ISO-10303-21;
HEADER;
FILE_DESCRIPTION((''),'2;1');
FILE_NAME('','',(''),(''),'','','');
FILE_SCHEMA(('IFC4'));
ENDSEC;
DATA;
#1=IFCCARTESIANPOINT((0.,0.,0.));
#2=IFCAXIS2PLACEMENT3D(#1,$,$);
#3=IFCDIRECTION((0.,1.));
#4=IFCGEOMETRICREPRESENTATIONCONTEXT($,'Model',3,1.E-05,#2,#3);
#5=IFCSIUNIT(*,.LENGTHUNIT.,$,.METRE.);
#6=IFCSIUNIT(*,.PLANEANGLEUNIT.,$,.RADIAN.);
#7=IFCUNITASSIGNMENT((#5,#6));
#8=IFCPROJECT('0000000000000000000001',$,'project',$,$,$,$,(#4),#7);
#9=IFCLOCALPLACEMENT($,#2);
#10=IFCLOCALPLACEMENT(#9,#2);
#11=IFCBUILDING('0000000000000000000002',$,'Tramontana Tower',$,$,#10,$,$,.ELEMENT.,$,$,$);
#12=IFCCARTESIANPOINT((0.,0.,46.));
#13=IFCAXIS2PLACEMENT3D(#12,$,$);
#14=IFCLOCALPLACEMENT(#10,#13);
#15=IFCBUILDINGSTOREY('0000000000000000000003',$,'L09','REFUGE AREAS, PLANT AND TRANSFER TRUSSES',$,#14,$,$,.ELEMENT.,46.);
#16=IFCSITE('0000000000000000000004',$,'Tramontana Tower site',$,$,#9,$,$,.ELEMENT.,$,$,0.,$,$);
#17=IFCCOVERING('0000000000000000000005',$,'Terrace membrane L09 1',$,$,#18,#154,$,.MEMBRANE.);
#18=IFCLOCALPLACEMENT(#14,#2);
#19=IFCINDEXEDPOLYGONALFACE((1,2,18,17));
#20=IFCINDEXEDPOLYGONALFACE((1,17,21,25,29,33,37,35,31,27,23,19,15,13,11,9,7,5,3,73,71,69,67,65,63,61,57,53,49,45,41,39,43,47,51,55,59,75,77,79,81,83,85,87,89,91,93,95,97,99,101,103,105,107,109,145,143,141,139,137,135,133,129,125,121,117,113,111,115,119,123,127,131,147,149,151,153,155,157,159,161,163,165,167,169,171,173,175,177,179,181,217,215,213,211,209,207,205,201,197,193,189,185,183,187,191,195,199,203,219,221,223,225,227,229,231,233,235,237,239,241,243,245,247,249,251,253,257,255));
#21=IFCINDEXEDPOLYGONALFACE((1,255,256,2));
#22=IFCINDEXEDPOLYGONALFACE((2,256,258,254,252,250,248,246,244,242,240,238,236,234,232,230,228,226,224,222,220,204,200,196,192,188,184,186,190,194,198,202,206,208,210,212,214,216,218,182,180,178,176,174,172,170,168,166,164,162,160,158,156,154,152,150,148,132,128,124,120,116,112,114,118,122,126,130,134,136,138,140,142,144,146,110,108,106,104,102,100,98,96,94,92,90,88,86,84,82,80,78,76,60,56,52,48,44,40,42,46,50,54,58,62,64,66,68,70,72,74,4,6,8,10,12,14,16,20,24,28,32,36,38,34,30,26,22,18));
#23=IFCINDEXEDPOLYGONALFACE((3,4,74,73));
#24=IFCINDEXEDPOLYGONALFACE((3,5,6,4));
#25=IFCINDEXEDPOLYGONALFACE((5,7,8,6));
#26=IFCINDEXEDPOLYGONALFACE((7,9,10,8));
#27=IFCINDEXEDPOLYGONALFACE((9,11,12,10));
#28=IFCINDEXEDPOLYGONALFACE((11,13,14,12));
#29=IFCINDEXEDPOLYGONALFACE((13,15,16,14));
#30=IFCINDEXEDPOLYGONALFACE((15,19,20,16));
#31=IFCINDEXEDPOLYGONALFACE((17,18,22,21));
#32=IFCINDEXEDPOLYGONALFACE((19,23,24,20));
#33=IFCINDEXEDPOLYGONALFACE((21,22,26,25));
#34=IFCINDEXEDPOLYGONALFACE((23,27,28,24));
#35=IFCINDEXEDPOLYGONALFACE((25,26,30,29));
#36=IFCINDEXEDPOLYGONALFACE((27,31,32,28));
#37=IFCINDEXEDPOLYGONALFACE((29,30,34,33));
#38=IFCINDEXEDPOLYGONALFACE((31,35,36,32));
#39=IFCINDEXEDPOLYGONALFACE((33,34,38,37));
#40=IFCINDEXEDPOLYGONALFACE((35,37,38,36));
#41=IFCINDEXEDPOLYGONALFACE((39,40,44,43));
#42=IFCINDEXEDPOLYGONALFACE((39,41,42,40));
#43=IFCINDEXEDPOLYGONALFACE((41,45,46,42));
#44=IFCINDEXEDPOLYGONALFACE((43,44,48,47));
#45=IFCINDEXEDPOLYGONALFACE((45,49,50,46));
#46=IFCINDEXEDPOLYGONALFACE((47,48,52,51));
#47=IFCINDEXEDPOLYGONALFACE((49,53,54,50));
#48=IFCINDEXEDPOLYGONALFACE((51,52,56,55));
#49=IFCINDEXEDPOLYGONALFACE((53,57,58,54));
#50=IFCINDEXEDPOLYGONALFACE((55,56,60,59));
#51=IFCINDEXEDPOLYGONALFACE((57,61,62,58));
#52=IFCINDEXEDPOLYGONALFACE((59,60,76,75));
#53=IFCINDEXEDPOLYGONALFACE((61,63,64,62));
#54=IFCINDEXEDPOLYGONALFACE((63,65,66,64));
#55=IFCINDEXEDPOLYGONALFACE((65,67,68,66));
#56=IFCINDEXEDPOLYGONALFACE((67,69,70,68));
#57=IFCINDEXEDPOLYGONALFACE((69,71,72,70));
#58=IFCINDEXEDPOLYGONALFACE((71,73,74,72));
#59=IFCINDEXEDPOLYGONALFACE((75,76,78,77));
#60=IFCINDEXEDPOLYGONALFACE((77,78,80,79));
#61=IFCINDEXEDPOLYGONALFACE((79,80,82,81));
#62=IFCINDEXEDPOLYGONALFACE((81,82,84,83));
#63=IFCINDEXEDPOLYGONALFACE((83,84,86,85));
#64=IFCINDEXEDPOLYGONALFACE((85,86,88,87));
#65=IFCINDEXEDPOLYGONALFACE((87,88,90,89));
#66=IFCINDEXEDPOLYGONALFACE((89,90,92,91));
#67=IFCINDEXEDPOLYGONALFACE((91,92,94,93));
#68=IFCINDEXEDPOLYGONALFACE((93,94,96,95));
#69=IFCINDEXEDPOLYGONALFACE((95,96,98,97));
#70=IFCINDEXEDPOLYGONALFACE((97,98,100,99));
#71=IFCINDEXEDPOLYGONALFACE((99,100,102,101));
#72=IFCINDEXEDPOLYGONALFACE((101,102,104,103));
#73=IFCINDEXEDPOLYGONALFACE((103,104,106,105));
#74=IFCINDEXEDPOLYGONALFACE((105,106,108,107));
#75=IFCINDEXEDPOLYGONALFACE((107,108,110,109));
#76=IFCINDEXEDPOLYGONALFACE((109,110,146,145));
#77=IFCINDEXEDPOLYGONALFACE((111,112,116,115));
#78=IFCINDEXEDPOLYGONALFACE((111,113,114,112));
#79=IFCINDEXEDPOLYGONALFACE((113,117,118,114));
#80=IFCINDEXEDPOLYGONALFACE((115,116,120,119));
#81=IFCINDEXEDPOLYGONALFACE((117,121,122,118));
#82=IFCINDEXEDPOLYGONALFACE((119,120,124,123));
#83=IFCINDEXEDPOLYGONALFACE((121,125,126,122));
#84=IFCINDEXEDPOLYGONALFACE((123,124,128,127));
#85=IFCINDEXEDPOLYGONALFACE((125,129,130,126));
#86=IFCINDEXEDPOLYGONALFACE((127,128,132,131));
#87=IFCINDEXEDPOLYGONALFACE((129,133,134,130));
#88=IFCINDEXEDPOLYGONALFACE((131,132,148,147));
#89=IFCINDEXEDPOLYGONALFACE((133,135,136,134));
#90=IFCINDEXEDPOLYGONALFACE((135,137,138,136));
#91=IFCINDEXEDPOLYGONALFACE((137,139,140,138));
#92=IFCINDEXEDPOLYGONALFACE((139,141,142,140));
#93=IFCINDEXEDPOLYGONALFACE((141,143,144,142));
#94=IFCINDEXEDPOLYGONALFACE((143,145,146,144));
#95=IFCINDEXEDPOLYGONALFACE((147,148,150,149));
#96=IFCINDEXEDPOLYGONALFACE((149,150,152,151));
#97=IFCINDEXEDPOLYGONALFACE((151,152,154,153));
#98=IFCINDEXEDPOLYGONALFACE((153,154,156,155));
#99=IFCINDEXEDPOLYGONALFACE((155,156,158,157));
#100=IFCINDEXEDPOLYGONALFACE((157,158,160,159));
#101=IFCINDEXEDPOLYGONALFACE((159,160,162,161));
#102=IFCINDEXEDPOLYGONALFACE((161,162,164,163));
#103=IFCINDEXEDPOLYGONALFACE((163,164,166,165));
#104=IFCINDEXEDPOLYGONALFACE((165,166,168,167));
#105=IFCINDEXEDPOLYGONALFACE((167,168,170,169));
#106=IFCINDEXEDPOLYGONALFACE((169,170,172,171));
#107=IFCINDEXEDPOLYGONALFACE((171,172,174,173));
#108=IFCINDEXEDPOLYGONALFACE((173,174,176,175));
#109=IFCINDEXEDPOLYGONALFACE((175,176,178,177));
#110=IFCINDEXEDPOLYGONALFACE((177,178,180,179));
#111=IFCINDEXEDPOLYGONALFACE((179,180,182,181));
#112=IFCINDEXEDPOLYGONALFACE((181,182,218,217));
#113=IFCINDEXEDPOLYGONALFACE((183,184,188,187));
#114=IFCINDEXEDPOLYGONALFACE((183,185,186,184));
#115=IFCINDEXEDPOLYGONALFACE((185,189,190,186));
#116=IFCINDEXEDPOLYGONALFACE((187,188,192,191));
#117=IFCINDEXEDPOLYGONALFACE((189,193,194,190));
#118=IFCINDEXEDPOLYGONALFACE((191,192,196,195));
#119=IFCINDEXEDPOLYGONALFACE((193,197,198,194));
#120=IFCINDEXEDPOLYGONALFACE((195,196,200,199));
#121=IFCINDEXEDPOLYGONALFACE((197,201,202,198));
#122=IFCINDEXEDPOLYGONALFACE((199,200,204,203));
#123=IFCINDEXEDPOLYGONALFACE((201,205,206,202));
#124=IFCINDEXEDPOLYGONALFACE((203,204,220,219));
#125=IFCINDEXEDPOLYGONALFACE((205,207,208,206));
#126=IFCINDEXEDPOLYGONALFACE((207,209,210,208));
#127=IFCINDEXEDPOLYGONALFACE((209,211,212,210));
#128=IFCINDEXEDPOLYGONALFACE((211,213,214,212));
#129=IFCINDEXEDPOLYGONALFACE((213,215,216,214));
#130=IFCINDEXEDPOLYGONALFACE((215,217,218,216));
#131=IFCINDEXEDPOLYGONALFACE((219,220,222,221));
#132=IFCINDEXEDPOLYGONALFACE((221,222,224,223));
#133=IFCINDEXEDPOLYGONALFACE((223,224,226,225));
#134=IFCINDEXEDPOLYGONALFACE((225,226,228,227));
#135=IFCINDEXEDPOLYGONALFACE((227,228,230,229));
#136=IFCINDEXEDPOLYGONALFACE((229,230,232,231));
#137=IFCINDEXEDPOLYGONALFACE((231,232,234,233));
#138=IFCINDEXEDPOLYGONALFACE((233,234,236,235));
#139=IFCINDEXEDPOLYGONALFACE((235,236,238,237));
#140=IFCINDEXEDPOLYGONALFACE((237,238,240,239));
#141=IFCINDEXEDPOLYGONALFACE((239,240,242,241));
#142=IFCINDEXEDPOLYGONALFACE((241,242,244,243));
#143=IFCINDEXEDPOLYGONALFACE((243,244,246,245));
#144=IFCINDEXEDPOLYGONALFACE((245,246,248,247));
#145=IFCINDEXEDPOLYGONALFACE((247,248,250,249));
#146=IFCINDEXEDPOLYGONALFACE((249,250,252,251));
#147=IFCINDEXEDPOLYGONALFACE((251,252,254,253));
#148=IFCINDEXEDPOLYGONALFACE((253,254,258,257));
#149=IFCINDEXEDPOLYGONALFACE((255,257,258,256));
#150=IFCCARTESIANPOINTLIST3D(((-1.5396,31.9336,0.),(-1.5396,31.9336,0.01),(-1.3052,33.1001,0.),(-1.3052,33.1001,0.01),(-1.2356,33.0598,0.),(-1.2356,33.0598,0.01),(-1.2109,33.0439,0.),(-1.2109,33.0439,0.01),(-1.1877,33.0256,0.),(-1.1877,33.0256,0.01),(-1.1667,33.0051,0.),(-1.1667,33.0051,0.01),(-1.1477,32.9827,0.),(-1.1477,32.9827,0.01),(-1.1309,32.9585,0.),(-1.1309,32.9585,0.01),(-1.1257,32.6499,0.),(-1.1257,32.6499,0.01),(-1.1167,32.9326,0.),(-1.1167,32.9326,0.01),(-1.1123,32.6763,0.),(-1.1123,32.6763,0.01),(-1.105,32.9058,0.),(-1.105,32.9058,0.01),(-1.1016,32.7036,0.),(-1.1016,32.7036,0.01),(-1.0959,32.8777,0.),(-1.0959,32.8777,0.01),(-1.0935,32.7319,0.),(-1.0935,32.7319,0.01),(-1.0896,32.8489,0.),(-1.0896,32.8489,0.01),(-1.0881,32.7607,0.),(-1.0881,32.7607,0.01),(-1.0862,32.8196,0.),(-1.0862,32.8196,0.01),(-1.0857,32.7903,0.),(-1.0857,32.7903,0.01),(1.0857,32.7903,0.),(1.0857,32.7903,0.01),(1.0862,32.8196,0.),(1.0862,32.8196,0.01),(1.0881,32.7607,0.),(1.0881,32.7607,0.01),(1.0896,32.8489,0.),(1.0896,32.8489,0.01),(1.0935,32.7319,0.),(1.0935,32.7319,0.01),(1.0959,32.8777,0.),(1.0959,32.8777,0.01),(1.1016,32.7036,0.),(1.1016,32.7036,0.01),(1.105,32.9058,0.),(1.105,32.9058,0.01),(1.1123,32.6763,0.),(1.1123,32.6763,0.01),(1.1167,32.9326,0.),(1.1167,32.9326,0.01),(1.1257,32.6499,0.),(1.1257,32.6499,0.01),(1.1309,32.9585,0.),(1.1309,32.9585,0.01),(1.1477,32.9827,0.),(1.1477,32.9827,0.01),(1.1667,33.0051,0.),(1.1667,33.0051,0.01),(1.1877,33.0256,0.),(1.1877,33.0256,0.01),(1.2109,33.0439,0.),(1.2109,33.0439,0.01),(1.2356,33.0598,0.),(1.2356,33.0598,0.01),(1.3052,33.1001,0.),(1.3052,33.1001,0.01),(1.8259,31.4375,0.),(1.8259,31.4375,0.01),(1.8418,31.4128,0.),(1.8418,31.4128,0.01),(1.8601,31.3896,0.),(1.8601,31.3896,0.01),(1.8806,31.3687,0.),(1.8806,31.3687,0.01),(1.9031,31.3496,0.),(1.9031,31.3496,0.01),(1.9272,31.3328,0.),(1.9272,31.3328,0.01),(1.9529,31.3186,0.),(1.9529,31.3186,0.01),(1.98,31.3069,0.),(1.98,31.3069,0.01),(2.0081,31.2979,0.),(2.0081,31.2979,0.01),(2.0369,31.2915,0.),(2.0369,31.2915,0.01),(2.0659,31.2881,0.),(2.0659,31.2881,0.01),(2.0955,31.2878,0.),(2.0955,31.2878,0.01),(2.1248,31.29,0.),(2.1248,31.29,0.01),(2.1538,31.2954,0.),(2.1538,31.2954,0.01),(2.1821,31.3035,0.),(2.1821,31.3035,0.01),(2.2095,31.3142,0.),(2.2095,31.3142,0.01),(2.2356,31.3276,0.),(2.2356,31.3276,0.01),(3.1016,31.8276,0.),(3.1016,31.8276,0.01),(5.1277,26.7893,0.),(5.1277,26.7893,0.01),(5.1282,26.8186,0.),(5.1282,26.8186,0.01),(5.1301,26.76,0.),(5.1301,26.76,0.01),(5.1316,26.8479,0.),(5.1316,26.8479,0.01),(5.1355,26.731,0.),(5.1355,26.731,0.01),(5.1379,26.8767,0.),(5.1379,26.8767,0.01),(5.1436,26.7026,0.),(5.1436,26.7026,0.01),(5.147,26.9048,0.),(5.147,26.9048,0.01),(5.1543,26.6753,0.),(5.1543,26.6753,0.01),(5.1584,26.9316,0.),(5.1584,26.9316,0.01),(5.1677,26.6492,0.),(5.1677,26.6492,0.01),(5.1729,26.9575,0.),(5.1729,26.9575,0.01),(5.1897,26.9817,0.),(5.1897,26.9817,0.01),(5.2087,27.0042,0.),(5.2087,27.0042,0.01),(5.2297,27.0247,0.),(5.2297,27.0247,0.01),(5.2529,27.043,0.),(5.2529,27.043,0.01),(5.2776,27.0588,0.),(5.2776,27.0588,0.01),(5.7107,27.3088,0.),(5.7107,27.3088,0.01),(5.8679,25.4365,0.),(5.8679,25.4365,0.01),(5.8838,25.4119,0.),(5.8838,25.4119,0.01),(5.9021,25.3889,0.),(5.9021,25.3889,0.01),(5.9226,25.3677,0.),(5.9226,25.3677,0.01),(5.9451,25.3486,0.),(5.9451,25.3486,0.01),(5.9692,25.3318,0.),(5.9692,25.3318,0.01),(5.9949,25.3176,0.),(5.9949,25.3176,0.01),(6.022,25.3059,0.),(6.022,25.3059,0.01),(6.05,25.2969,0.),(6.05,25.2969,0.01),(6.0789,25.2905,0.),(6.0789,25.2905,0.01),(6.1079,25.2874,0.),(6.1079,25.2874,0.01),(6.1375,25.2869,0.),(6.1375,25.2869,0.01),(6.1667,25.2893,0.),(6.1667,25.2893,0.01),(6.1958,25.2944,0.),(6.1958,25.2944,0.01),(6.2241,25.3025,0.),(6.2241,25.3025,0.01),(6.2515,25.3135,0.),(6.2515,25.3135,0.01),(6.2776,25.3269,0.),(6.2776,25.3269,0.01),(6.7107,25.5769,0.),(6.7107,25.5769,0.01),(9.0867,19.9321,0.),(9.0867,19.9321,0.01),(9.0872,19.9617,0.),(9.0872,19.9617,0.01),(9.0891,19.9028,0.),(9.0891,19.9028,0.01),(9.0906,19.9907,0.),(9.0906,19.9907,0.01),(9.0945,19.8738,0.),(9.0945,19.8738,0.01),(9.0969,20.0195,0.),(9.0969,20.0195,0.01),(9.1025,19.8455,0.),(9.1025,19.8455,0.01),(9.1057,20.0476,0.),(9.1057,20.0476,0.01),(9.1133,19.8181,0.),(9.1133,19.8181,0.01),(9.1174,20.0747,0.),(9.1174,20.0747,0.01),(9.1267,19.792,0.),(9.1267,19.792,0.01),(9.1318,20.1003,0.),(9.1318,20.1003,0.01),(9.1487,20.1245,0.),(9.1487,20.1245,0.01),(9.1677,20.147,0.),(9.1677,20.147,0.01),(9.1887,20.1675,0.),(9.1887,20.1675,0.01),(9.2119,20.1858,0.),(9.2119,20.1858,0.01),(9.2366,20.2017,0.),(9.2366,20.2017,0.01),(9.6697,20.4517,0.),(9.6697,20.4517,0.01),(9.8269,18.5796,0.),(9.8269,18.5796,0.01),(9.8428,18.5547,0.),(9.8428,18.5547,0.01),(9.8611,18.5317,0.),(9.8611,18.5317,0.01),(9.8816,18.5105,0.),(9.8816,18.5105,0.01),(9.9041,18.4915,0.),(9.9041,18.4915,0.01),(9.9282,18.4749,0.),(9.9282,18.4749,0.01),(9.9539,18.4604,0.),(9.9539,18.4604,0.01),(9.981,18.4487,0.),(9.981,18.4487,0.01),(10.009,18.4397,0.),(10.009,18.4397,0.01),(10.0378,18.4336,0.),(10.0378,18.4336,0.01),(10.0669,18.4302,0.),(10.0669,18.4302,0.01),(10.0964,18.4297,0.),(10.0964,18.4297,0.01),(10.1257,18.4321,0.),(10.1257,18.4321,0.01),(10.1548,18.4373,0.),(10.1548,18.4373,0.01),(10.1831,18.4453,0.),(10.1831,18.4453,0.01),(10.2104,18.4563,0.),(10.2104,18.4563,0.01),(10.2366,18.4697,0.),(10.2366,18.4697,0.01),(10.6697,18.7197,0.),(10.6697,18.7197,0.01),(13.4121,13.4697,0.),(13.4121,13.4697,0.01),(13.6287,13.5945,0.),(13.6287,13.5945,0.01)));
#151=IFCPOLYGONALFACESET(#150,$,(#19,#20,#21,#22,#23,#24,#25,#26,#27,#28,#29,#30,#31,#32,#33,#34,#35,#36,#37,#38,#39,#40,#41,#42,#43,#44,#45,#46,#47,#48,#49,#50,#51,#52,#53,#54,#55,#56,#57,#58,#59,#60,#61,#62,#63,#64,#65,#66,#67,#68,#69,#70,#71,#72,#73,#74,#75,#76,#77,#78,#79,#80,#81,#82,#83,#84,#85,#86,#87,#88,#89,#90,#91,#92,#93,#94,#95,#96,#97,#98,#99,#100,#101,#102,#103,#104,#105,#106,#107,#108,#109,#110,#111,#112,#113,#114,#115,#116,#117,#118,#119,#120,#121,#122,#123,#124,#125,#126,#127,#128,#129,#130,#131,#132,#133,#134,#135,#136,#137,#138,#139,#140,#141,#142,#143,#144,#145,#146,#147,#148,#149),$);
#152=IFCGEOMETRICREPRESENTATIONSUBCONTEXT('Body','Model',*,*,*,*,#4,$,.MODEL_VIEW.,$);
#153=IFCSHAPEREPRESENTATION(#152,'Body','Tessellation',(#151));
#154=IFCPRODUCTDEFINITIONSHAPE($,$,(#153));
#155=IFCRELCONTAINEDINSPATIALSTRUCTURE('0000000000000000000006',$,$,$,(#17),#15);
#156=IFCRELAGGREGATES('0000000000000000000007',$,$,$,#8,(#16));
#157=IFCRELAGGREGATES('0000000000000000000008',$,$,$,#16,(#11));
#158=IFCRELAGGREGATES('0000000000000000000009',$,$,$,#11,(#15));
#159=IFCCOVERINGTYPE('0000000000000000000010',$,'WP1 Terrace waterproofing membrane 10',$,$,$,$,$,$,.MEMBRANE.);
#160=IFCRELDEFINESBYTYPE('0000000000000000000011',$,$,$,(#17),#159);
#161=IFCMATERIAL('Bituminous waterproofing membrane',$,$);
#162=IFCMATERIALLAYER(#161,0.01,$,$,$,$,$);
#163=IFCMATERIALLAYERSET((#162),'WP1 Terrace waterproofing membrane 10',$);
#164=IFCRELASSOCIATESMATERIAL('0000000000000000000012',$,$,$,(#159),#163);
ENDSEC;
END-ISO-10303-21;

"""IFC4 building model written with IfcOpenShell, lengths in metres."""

from ifc_helpers import new_model, si_unit, direction, frame, origin, place, context, subcontext, project, spatial, polyline, outline, extrude, material, layer, layer_set, type_object, element, save


model = new_model("IFC4")

# Units and contexts
model_context = context("Model", 3, precision=1e-05, world=origin(), true_north=direction((0.0, 1.0)))
body_context = subcontext(model_context, "Body", "Model", "MODEL_VIEW")
ifc_project = project(units=[si_unit("LENGTHUNIT", "METRE"), si_unit("PLANEANGLEUNIT", "RADIAN")], contexts=[model_context])

# Site, building, storey
site_placement = place(None, origin())
site = spatial("IfcSite", under=ifc_project, at=site_placement, Name="Tramontana Tower site", CompositionType="ELEMENT", RefElevation=0.0)
building_placement = place(site_placement, origin())
building = spatial("IfcBuilding", under=site, at=building_placement, Name="Tramontana Tower", CompositionType="ELEMENT")
storey_placement = place(building_placement, frame((0.0, 0.0, 46.0)))
storey = spatial("IfcBuildingStorey", under=building, at=storey_placement, Name="L09", Description="REFUGE AREAS, PLANT AND TRANSFER TRUSSES", CompositionType="ELEMENT", Elevation=46.0)

# Covering
ifc_material_1 = material(Name="Bituminous waterproofing membrane")
ifc_layer_1 = layer(ifc_material_1, 0.01)
ifc_layer_set_1 = layer_set([ifc_layer_1], Name="WP1 Terrace waterproofing membrane 10")
covering_type_1 = type_object("IfcCoveringType", Name="WP1 Terrace waterproofing membrane 10", PredefinedType="MEMBRANE", material=ifc_layer_set_1)
covering_1_placement = place(storey_placement, origin())
element("IfcCovering", 1, at=covering_1_placement, inside=storey, type_object=covering_type_1, Name="Terrace membrane L09 1", PredefinedType="MEMBRANE", context=body_context, shape_type="SweptSolid", body=[
    extrude(outline(polyline([(1.3052, 33.1001), (1.2356, 33.0598), (1.2109, 33.0439), (1.1877, 33.0256), (1.1667, 33.0051), (1.1477, 32.9827), (1.1309, 32.9585), (1.1167, 32.9326), (1.105, 32.9058), (1.0959, 32.8777), (1.0896, 32.8489), (1.0862, 32.8196), (1.0857, 32.7903), (1.0881, 32.7607), (1.0935, 32.7319), (1.1016, 32.7036), (1.1123, 32.6763), (1.1257, 32.6499), (1.8259, 31.4375), (1.8418, 31.4128), (1.8601, 31.3896), (1.8806, 31.3687), (1.9031, 31.3496), (1.9272, 31.3328), (1.9529, 31.3186), (1.98, 31.3069), (2.0081, 31.2979), (2.0369, 31.2915), (2.0659, 31.2881), (2.0955, 31.2878), (2.1248, 31.29), (2.1538, 31.2954), (2.1821, 31.3035), (2.2095, 31.3142), (2.2356, 31.3276), (3.1016, 31.8276), (5.7107, 27.3088), (5.2776, 27.0588), (5.2529, 27.043), (5.2297, 27.0247), (5.2087, 27.0042), (5.1897, 26.9817), (5.1729, 26.9575), (5.1584, 26.9316), (5.147, 26.9048), (5.1379, 26.8767), (5.1316, 26.8479), (5.1282, 26.8186), (5.1277, 26.7893), (5.1301, 26.76), (5.1355, 26.731), (5.1436, 26.7026), (5.1543, 26.6753), (5.1677, 26.6492), (5.8679, 25.4365), (5.8838, 25.4119), (5.9021, 25.3889), (5.9226, 25.3677), (5.9451, 25.3486), (5.9692, 25.3318), (5.9949, 25.3176), (6.022, 25.3059), (6.05, 25.2969), (6.0789, 25.2905), (6.1079, 25.2874), (6.1375, 25.2869), (6.1667, 25.2893), (6.1958, 25.2944), (6.2241, 25.3025), (6.2515, 25.3135), (6.2776, 25.3269), (6.7107, 25.5769), (9.6697, 20.4517), (9.2366, 20.2017), (9.2119, 20.1858), (9.1887, 20.1675), (9.1677, 20.147), (9.1487, 20.1245), (9.1318, 20.1003), (9.1174, 20.0747), (9.1057, 20.0476), (9.0969, 20.0195), (9.0906, 19.9907), (9.0872, 19.9617), (9.0867, 19.9321), (9.0891, 19.9028), (9.0945, 19.8738), (9.1025, 19.8455), (9.1133, 19.8181), (9.1267, 19.792), (9.8269, 18.5796), (9.8428, 18.5547), (9.8611, 18.5317), (9.8816, 18.5105), (9.9041, 18.4915), (9.9282, 18.4749), (9.9539, 18.4604), (9.981, 18.4487), (10.009, 18.4397), (10.0378, 18.4336), (10.0669, 18.4302), (10.0964, 18.4297), (10.1257, 18.4321), (10.1548, 18.4373), (10.1831, 18.4453), (10.2104, 18.4563), (10.2366, 18.4697), (10.6697, 18.7197), (13.6287, 13.5945), (13.4121, 13.4697), (-1.5396, 31.9336), (-1.1257, 32.6499), (-1.1123, 32.6763), (-1.1016, 32.7036), (-1.0935, 32.7319), (-1.0881, 32.7607), (-1.0857, 32.7903), (-1.0862, 32.8196), (-1.0896, 32.8489), (-1.0959, 32.8777), (-1.105, 32.9058), (-1.1167, 32.9326), (-1.1309, 32.9585), (-1.1477, 32.9827), (-1.1667, 33.0051), (-1.1877, 33.0256), (-1.2109, 33.0439), (-1.2356, 33.0598), (-1.3052, 33.1001), (1.3052, 33.1001)])), origin(), (0.0, 0.0, 1.0), 0.01),
])

save(model, "model.ifc")
